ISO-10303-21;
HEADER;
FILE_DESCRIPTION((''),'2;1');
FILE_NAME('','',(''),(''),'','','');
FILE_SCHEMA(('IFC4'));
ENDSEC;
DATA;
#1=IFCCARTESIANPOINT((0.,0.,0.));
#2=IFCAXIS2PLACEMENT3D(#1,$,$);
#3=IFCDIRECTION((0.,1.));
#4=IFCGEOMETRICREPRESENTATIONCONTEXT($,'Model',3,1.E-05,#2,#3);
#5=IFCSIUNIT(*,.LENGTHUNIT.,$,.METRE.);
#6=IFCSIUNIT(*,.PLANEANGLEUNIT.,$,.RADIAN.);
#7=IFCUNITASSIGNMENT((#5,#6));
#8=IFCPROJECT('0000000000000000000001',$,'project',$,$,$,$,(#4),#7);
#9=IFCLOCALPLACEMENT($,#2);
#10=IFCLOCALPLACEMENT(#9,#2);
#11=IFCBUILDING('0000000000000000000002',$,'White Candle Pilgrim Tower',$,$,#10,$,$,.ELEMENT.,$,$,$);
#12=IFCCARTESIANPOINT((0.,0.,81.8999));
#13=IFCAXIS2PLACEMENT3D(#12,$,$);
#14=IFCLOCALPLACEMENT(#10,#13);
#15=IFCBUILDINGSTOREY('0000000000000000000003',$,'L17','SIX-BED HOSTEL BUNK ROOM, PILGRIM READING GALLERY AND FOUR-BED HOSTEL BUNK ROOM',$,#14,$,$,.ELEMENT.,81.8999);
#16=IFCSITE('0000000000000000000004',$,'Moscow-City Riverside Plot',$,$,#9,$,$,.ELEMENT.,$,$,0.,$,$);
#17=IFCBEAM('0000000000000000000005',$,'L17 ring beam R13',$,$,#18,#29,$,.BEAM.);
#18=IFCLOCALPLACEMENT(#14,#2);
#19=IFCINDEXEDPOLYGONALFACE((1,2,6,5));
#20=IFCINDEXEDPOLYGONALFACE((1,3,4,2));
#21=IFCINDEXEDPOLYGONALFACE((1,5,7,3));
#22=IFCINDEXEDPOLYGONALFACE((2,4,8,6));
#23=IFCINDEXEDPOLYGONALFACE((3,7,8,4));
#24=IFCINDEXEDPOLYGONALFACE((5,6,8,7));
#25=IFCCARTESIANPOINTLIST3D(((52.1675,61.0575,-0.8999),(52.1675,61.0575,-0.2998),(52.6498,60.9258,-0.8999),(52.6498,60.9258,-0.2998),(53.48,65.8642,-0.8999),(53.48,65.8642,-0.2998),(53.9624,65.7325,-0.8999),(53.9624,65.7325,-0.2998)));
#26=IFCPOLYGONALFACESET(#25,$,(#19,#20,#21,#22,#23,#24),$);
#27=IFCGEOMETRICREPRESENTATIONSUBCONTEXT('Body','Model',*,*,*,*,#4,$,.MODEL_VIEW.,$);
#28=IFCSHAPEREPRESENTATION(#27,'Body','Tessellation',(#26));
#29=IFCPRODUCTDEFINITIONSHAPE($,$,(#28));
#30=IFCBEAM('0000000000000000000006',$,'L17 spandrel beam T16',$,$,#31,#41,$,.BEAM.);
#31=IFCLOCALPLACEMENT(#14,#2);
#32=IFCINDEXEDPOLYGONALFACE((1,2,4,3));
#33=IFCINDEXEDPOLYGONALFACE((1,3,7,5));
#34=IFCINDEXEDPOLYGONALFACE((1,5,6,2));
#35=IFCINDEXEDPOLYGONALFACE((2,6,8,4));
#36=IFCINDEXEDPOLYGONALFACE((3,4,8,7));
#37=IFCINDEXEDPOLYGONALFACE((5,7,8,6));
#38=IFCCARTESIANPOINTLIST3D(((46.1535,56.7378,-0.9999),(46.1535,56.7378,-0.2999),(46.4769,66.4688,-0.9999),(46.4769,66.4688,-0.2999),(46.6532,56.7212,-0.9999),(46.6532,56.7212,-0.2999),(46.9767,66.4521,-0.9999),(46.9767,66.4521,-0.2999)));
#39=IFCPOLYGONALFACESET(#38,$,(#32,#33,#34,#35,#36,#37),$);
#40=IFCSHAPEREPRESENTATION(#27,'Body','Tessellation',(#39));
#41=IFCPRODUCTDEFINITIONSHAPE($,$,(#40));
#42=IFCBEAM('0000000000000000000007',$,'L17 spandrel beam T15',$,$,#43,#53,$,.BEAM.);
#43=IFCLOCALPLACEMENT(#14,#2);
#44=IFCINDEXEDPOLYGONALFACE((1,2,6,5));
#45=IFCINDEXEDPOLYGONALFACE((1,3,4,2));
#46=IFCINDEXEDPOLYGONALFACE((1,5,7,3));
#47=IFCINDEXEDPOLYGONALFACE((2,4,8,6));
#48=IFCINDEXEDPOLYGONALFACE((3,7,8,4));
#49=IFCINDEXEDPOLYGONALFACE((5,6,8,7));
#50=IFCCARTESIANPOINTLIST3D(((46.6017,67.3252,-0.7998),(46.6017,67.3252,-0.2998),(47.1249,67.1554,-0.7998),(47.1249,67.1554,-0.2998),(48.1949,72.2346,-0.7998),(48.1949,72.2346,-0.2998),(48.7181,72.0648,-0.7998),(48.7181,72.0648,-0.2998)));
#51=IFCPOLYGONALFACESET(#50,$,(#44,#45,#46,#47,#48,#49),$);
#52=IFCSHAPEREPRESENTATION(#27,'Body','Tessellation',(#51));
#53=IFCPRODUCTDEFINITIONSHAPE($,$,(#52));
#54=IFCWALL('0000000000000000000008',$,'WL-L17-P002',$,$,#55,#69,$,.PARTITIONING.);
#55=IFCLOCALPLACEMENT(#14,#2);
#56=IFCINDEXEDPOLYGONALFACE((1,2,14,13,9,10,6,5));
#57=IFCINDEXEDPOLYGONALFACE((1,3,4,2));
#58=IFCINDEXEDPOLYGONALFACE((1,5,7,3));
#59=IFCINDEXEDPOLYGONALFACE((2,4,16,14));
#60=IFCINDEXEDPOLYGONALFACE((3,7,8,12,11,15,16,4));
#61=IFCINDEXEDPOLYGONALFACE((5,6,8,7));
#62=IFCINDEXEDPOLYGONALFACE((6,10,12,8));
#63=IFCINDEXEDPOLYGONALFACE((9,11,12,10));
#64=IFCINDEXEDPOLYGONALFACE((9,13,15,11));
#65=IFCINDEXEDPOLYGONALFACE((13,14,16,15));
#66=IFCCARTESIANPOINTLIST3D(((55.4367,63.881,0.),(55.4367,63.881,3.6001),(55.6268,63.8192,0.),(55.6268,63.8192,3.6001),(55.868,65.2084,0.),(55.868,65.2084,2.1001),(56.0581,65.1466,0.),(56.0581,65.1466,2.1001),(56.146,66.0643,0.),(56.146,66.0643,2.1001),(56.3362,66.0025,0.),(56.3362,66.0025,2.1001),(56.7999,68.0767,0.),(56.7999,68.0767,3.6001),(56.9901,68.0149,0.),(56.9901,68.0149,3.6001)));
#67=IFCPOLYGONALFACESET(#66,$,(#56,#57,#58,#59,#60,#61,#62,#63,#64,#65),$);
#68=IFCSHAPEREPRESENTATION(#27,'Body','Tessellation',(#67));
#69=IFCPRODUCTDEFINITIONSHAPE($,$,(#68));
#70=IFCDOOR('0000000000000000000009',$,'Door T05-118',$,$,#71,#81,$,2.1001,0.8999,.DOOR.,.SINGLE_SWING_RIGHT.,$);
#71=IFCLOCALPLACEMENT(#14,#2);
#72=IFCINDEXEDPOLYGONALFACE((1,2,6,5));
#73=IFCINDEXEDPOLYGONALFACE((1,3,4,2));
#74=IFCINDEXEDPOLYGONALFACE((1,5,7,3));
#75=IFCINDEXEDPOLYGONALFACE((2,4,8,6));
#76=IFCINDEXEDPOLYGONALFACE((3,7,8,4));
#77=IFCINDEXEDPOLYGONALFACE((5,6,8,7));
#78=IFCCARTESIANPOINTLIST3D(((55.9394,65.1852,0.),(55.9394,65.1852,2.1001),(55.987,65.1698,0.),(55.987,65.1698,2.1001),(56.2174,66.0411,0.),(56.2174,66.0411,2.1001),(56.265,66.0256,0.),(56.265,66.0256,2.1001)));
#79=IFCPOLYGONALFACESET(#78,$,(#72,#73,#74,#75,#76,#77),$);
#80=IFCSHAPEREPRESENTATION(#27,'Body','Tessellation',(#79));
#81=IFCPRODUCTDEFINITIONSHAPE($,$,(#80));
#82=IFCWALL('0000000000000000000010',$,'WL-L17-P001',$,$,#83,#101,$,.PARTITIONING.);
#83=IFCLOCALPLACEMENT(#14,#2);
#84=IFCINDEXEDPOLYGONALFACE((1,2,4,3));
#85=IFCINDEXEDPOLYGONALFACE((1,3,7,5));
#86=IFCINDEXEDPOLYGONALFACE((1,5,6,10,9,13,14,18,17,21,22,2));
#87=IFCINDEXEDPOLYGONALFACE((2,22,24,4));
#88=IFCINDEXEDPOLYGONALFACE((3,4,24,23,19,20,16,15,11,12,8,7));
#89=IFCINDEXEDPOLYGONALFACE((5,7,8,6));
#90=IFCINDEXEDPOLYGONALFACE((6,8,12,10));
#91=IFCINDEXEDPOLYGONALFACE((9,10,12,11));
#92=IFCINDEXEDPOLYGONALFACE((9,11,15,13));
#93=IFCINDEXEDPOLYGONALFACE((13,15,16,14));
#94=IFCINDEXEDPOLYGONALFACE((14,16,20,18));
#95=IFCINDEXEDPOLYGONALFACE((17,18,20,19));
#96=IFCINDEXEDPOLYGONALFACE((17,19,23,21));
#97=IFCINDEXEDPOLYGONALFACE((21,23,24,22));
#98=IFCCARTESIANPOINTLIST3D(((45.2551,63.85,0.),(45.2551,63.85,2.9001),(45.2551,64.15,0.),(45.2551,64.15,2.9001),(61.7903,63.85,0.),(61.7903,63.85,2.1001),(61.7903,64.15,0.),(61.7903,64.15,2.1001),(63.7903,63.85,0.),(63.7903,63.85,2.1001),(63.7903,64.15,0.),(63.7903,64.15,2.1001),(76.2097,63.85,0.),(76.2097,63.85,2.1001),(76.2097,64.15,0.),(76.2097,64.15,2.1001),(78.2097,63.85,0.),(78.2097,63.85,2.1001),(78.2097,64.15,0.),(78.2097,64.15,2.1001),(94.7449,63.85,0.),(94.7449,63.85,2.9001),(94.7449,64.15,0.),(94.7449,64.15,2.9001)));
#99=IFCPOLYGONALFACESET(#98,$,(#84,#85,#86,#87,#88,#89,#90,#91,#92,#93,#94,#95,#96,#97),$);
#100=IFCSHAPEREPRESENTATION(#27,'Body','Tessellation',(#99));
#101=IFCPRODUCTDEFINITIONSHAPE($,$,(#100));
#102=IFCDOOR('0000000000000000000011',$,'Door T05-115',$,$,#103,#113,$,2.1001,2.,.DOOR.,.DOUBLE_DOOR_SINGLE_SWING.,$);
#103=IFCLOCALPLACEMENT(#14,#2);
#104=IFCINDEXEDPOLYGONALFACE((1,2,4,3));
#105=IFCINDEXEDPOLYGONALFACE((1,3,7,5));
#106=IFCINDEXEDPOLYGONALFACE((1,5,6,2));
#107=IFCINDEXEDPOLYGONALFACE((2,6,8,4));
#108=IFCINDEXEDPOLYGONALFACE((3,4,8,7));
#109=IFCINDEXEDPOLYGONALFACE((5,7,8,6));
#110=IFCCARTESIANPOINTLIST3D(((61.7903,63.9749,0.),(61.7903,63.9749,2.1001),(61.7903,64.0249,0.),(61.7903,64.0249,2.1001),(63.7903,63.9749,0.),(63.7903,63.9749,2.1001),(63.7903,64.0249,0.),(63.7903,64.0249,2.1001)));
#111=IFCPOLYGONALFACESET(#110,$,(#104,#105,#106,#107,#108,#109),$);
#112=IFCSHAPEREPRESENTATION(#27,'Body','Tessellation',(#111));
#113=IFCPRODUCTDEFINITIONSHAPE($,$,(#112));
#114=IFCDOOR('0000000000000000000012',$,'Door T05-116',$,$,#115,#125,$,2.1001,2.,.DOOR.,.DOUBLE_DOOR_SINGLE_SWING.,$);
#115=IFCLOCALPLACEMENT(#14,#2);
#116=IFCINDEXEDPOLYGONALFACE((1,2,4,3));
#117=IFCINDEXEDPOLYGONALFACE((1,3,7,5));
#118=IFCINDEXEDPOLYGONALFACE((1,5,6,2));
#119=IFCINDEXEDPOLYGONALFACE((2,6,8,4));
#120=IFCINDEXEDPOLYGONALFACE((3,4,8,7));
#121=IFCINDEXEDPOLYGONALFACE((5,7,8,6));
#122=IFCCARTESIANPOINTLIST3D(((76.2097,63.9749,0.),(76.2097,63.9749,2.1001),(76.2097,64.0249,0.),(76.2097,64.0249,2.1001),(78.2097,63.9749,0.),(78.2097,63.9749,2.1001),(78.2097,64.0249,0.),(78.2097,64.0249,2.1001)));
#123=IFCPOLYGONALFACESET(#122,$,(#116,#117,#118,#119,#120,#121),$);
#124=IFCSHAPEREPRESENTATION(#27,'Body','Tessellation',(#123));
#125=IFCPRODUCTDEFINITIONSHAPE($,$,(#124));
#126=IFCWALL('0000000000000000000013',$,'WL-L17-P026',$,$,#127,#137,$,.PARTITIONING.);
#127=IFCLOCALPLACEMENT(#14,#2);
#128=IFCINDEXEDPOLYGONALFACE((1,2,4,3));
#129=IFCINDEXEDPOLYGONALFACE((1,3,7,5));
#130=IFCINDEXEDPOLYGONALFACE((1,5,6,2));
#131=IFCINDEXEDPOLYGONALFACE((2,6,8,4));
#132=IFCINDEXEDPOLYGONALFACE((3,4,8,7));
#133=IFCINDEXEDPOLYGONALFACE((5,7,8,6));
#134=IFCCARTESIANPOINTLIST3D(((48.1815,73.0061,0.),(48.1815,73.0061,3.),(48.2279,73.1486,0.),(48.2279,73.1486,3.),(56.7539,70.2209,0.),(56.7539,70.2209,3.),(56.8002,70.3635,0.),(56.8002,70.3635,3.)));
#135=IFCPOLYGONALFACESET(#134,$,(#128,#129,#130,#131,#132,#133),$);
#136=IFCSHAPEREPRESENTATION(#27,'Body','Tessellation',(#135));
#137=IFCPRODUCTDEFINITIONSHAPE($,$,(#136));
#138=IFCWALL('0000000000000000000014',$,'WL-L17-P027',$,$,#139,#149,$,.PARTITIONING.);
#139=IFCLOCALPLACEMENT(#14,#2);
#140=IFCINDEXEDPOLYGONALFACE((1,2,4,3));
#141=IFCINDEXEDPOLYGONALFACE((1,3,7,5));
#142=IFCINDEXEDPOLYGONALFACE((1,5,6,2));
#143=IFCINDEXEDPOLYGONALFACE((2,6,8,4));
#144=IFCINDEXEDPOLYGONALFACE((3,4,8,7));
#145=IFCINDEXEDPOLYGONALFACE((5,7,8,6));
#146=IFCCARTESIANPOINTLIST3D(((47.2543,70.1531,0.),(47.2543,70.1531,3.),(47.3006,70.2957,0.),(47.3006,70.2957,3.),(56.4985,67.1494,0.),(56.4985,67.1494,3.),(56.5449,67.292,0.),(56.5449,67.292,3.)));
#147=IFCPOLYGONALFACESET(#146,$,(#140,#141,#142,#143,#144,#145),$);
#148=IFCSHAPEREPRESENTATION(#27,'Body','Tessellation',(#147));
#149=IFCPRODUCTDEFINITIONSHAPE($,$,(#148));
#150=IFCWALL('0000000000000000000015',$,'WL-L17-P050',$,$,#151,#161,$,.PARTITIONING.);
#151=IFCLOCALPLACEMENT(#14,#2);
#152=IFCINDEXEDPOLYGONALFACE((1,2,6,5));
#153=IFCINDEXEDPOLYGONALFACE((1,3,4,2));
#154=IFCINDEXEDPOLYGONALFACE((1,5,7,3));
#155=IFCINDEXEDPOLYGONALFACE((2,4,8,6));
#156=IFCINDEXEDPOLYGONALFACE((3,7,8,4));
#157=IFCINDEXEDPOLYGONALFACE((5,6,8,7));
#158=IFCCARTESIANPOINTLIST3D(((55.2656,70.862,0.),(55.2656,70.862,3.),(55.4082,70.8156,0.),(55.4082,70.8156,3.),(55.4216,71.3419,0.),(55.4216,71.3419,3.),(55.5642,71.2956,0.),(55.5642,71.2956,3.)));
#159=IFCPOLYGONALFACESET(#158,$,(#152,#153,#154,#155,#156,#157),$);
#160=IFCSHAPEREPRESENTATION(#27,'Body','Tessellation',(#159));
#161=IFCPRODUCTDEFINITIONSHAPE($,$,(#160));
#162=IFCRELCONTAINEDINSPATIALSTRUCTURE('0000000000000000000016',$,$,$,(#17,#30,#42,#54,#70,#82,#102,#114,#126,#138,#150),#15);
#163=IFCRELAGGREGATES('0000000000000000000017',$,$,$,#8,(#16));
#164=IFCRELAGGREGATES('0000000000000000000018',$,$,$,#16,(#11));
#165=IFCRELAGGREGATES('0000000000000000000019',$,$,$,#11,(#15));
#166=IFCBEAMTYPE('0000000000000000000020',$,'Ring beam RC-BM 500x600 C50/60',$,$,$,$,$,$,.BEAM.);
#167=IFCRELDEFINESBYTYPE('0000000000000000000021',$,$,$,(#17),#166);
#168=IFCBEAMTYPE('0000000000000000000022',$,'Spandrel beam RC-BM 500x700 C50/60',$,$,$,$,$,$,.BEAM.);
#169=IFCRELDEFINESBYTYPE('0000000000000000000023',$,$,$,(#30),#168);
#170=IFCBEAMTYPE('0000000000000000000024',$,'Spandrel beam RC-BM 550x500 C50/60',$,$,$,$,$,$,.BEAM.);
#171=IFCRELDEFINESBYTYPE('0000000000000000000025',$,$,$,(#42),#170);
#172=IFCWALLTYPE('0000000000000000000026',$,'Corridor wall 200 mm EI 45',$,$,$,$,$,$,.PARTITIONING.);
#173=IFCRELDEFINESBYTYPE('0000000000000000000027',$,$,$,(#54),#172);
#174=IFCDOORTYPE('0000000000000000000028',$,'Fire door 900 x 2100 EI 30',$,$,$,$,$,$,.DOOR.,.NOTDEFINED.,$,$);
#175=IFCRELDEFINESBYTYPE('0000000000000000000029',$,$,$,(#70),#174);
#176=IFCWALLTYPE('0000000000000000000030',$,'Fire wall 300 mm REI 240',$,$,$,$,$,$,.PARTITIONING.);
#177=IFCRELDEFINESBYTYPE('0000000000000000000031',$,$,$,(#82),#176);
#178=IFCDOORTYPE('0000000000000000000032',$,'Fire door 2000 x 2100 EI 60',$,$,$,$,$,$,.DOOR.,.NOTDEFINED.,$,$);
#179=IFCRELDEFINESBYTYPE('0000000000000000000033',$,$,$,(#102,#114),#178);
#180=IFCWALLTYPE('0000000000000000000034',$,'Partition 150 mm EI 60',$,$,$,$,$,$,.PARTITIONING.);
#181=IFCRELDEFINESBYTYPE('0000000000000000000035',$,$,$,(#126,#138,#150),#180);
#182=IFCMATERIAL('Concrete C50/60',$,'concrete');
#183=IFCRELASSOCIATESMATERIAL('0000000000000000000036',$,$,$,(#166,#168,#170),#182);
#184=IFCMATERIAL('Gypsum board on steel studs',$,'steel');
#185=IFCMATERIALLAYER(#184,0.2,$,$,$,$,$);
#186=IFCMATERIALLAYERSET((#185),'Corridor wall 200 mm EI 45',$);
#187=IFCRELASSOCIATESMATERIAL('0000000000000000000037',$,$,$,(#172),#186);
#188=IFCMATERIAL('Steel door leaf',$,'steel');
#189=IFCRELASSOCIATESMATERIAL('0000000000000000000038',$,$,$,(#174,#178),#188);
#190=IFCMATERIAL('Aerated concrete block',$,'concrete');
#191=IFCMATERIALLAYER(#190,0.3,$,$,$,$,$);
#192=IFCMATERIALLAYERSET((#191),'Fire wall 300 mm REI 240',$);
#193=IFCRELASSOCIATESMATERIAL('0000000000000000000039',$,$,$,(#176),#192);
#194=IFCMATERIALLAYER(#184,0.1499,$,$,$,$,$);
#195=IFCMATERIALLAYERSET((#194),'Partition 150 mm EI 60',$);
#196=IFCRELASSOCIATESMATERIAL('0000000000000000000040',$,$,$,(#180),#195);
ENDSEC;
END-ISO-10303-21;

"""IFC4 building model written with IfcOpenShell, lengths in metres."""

from ifc_helpers import new_model, si_unit, direction, frame, frame_2d, origin, origin_2d, place, context, subcontext, project, spatial, rectangle, extrude, material, layer, layer_set, material_profile, profile_set, type_object, element, fill, save


model = new_model("IFC4")

# Units and contexts
model_context = context("Model", 3, precision=1e-05, world=origin(), true_north=direction((0.0, 1.0)))
body_context = subcontext(model_context, "Body", "Model", "MODEL_VIEW")
ifc_project = project(units=[si_unit("LENGTHUNIT", "METRE"), si_unit("PLANEANGLEUNIT", "RADIAN")], contexts=[model_context])

# Site, building, storey
site_placement = place(None, origin())
site = spatial("IfcSite", under=ifc_project, at=site_placement, Name="Moscow-City Riverside Plot", CompositionType="ELEMENT", RefElevation=0.0)
building_placement = place(site_placement, origin())
building = spatial("IfcBuilding", under=site, at=building_placement, Name="White Candle Pilgrim Tower", CompositionType="ELEMENT")
storey_placement = place(building_placement, frame((0.0, 0.0, 81.8999)))
storey = spatial("IfcBuildingStorey", under=building, at=storey_placement, Name="L17", Description="SIX-BED HOSTEL BUNK ROOM, PILGRIM READING GALLERY AND FOUR-BED HOSTEL BUNK ROOM", CompositionType="ELEMENT", Elevation=81.8999)

# Beams
ifc_material_1 = material(Name="Concrete C50/60", Category="concrete")
ifc_material_profile_1 = material_profile(ifc_material_1, rectangle(XDim=0.5, YDim=0.6001, at=origin_2d()), Name="RC-BM 500x600")
ifc_profile_set_1 = profile_set([ifc_material_profile_1], Name="Concrete C50/60")
beam_type_1 = type_object("IfcBeamType", Name="Ring beam RC-BM 500x600 C50/60", PredefinedType="BEAM", material=ifc_profile_set_1)
beam_1_placement = place(storey_placement, frame((53.7212, 65.7983, -0.5999), z_axis=(-0.263416, -0.964682, 0.0), x_axis=(0.964682, -0.263416, 0.0)))
element("IfcBeam", 1, at=beam_1_placement, inside=storey, type_object=beam_type_1, Name="L17 ring beam R13", PredefinedType="BEAM", context=body_context, shape_type="SweptSolid", body=[
    extrude(rectangle(XDim=0.5, YDim=0.6001, at=origin_2d()), origin(), (0.0, 0.0, 1.0), 4.9827),
])
ifc_material_profile_2 = material_profile(ifc_material_1, rectangle(XDim=0.5, YDim=0.7, at=origin_2d()), Name="RC-BM 500x700")
ifc_profile_set_2 = profile_set([ifc_material_profile_2], Name="Concrete C50/60")
beam_type_2 = type_object("IfcBeamType", Name="Spandrel beam RC-BM 500x700 C50/60", PredefinedType="BEAM", material=ifc_profile_set_2)
beam_2_placement = place(storey_placement, frame((46.7268, 66.4604, -0.6499), z_axis=(-0.033225, -0.999448, 0.0), x_axis=(0.999448, -0.033225, 0.0)))
element("IfcBeam", 2, at=beam_2_placement, inside=storey, type_object=beam_type_2, Name="L17 spandrel beam T16", PredefinedType="BEAM", context=body_context, shape_type="SweptSolid", body=[
    extrude(rectangle(XDim=0.5, YDim=0.7, at=origin_2d()), origin(), (0.0, 0.0, 1.0), 9.7363),
])
ifc_material_profile_3 = material_profile(ifc_material_1, rectangle(XDim=0.55, YDim=0.5, at=origin_2d()), Name="RC-BM 550x500")
ifc_profile_set_3 = profile_set([ifc_material_profile_3], Name="Concrete C50/60")
beam_type_3 = type_object("IfcBeamType", Name="Spandrel beam RC-BM 550x500 C50/60", PredefinedType="BEAM", material=ifc_profile_set_3)
beam_3_placement = place(storey_placement, frame((48.4565, 72.1497, -0.5498), z_axis=(-0.308683, -0.951165, 0.0), x_axis=(0.951165, -0.308683, 0.0)))
element("IfcBeam", 3, at=beam_3_placement, inside=storey, type_object=beam_type_3, Name="L17 spandrel beam T15", PredefinedType="BEAM", context=body_context, shape_type="SweptSolid", body=[
    extrude(rectangle(XDim=0.55, YDim=0.5, at=origin_2d()), origin(), (0.0, 0.0, 1.0), 5.1614),
])

# Wall, opening, door
ifc_material_2 = material(Name="Gypsum board on steel studs", Category="steel")
ifc_layer_1 = layer(ifc_material_2, 0.2)
ifc_layer_set_1 = layer_set([ifc_layer_1], Name="Corridor wall 200 mm EI 45")
wall_type_1 = type_object("IfcWallType", Name="Corridor wall 200 mm EI 45", PredefinedType="PARTITIONING", material=ifc_layer_set_1)
wall_1_placement = place(storey_placement, frame((55.5317, 63.8501, 0.0), z_axis=(0.0, 0.0, 1.0), x_axis=(0.309013, 0.951058, 0.0)))
wall_1 = element("IfcWall", 4, at=wall_1_placement, inside=storey, type_object=wall_type_1, Name="WL-L17-P002", PredefinedType="PARTITIONING", context=body_context, shape_type="SweptSolid", body=[
    extrude(rectangle(XDim=4.4116, YDim=0.2, at=frame_2d((2.2058, 0.0))), origin(), (0.0, 0.0, 1.0), 3.6001),
])
opening_1_placement = place(wall_1_placement, frame((1.3958, 0.0, 0.0)))
opening_1 = element("IfcOpeningElement", 5, at=opening_1_placement, cuts=wall_1, PredefinedType="OPENING", context=body_context, shape_type="SweptSolid", body=[
    extrude(rectangle(XDim=0.8999, YDim=2.1001, at=frame_2d((0.45, 1.05))), frame((0.0, 0.1099, 0.0), z_axis=(0.0, -1.0, 0.0), x_axis=(1.0, 0.0, 0.0)), (0.0, 0.0, 1.0), 0.22),
])
ifc_material_3 = material(Name="Steel door leaf", Category="steel")
door_type_1 = type_object("IfcDoorType", Name="Fire door 900 x 2100 EI 30", OperationType="NOTDEFINED", PredefinedType="DOOR", material=ifc_material_3)
door_1_placement = place(opening_1_placement, origin())
door_1 = element("IfcDoor", 6, at=door_1_placement, inside=storey, type_object=door_type_1, Name="Door T05-118", OperationType="SINGLE_SWING_RIGHT", OverallHeight=2.1001, OverallWidth=0.8999, PredefinedType="DOOR", context=body_context, shape_type="SweptSolid", body=[
    extrude(rectangle(XDim=0.8999, YDim=2.1001, at=frame_2d((0.45, 1.05))), frame((0.0, 0.0249, 0.0), z_axis=(0.0, -1.0, 0.0), x_axis=(1.0, 0.0, 0.0)), (0.0, 0.0, 1.0), 0.05),
])
fill(opening_1, door_1)

# Wall, openings, doors
ifc_material_4 = material(Name="Aerated concrete block", Category="concrete")
ifc_layer_2 = layer(ifc_material_4, 0.3)
ifc_layer_set_2 = layer_set([ifc_layer_2], Name="Fire wall 300 mm REI 240")
wall_type_2 = type_object("IfcWallType", Name="Fire wall 300 mm REI 240", PredefinedType="PARTITIONING", material=ifc_layer_set_2)
wall_2_placement = place(storey_placement, frame((45.2551, 64.0, 0.0), z_axis=(0.0, 0.0, 1.0), x_axis=(1.0, 0.0, 0.0)))
wall_2 = element("IfcWall", 7, at=wall_2_placement, inside=storey, type_object=wall_type_2, Name="WL-L17-P001", PredefinedType="PARTITIONING", context=body_context, shape_type="SweptSolid", body=[
    extrude(rectangle(XDim=49.4897, YDim=0.3, at=frame_2d((24.7449, 0.0))), origin(), (0.0, 0.0, 1.0), 2.9001),
])
opening_2_placement = place(wall_2_placement, frame((16.5352, 0.0, 0.0)))
opening_2 = element("IfcOpeningElement", 8, at=opening_2_placement, cuts=wall_2, PredefinedType="OPENING", context=body_context, shape_type="SweptSolid", body=[
    extrude(rectangle(XDim=2.0, YDim=2.1001, at=frame_2d((1.0, 1.05))), frame((0.0, 0.1599, 0.0), z_axis=(0.0, -1.0, 0.0), x_axis=(1.0, 0.0, 0.0)), (0.0, 0.0, 1.0), 0.3201),
])
opening_3_placement = place(wall_2_placement, frame((30.9546, 0.0, 0.0)))
opening_3 = element("IfcOpeningElement", 9, at=opening_3_placement, cuts=wall_2, PredefinedType="OPENING", context=body_context, shape_type="SweptSolid", body=[
    extrude(rectangle(XDim=2.0, YDim=2.1001, at=frame_2d((1.0, 1.05))), frame((0.0, 0.1599, 0.0), z_axis=(0.0, -1.0, 0.0), x_axis=(1.0, 0.0, 0.0)), (0.0, 0.0, 1.0), 0.3201),
])
door_type_2 = type_object("IfcDoorType", Name="Fire door 2000 x 2100 EI 60", OperationType="NOTDEFINED", PredefinedType="DOOR", material=ifc_material_3)
door_2_placement = place(opening_2_placement, origin())
door_2 = element("IfcDoor", 10, at=door_2_placement, inside=storey, type_object=door_type_2, Name="Door T05-115", OperationType="DOUBLE_DOOR_SINGLE_SWING", OverallHeight=2.1001, OverallWidth=2.0, PredefinedType="DOOR", context=body_context, shape_type="SweptSolid", body=[
    extrude(rectangle(XDim=2.0, YDim=2.1001, at=frame_2d((1.0, 1.05))), frame((0.0, 0.0249, 0.0), z_axis=(0.0, -1.0, 0.0), x_axis=(1.0, 0.0, 0.0)), (0.0, 0.0, 1.0), 0.05),
])
fill(opening_2, door_2)
door_3_placement = place(opening_3_placement, origin())
door_3 = element("IfcDoor", 11, at=door_3_placement, inside=storey, type_object=door_type_2, Name="Door T05-116", OperationType="DOUBLE_DOOR_SINGLE_SWING", OverallHeight=2.1001, OverallWidth=2.0, PredefinedType="DOOR", context=body_context, shape_type="SweptSolid", body=[
    extrude(rectangle(XDim=2.0, YDim=2.1001, at=frame_2d((1.0, 1.05))), frame((0.0, 0.0249, 0.0), z_axis=(0.0, -1.0, 0.0), x_axis=(1.0, 0.0, 0.0)), (0.0, 0.0, 1.0), 0.05),
])
fill(opening_3, door_3)

# Walls
ifc_layer_3 = layer(ifc_material_2, 0.1499)
ifc_layer_set_3 = layer_set([ifc_layer_3], Name="Partition 150 mm EI 60")
wall_type_3 = type_object("IfcWallType", Name="Partition 150 mm EI 60", PredefinedType="PARTITIONING", material=ifc_layer_set_3)
wall_3_placement = place(storey_placement, frame((48.2046, 73.0774, 0.0), z_axis=(0.0, 0.0, 1.0), x_axis=(0.951061, -0.309003, 0.0)))
element("IfcWall", 12, at=wall_3_placement, inside=storey, type_object=wall_type_3, Name="WL-L17-P026", PredefinedType="PARTITIONING", context=body_context, shape_type="SweptSolid", body=[
    extrude(rectangle(XDim=9.0134, YDim=0.1499, at=frame_2d((4.5068, 0.0))), origin(), (0.0, 0.0, 1.0), 3.0),
])
wall_4_placement = place(storey_placement, frame((47.2776, 70.2244, 0.0), z_axis=(0.0, 0.0, 1.0), x_axis=(0.951055, -0.309022, 0.0)))
element("IfcWall", 13, at=wall_4_placement, inside=storey, type_object=wall_type_3, Name="WL-L17-P027", PredefinedType="PARTITIONING", context=body_context, shape_type="SweptSolid", body=[
    extrude(rectangle(XDim=9.72, YDim=0.1499, at=frame_2d((4.8599, 0.0))), origin(), (0.0, 0.0, 1.0), 3.0),
])
wall_5_placement = place(storey_placement, frame((55.4929, 71.3188, 0.0), z_axis=(0.0, 0.0, 1.0), x_axis=(-0.309108, -0.951027, 0.0)))
element("IfcWall", 14, at=wall_5_placement, inside=storey, type_object=wall_type_3, Name="WL-L17-P050", PredefinedType="PARTITIONING", context=body_context, shape_type="SweptSolid", body=[
    extrude(rectangle(XDim=0.5046, YDim=0.1499, at=frame_2d((0.2524, 0.0))), origin(), (0.0, 0.0, 1.0), 3.0),
])

save(model, "model.ifc")
